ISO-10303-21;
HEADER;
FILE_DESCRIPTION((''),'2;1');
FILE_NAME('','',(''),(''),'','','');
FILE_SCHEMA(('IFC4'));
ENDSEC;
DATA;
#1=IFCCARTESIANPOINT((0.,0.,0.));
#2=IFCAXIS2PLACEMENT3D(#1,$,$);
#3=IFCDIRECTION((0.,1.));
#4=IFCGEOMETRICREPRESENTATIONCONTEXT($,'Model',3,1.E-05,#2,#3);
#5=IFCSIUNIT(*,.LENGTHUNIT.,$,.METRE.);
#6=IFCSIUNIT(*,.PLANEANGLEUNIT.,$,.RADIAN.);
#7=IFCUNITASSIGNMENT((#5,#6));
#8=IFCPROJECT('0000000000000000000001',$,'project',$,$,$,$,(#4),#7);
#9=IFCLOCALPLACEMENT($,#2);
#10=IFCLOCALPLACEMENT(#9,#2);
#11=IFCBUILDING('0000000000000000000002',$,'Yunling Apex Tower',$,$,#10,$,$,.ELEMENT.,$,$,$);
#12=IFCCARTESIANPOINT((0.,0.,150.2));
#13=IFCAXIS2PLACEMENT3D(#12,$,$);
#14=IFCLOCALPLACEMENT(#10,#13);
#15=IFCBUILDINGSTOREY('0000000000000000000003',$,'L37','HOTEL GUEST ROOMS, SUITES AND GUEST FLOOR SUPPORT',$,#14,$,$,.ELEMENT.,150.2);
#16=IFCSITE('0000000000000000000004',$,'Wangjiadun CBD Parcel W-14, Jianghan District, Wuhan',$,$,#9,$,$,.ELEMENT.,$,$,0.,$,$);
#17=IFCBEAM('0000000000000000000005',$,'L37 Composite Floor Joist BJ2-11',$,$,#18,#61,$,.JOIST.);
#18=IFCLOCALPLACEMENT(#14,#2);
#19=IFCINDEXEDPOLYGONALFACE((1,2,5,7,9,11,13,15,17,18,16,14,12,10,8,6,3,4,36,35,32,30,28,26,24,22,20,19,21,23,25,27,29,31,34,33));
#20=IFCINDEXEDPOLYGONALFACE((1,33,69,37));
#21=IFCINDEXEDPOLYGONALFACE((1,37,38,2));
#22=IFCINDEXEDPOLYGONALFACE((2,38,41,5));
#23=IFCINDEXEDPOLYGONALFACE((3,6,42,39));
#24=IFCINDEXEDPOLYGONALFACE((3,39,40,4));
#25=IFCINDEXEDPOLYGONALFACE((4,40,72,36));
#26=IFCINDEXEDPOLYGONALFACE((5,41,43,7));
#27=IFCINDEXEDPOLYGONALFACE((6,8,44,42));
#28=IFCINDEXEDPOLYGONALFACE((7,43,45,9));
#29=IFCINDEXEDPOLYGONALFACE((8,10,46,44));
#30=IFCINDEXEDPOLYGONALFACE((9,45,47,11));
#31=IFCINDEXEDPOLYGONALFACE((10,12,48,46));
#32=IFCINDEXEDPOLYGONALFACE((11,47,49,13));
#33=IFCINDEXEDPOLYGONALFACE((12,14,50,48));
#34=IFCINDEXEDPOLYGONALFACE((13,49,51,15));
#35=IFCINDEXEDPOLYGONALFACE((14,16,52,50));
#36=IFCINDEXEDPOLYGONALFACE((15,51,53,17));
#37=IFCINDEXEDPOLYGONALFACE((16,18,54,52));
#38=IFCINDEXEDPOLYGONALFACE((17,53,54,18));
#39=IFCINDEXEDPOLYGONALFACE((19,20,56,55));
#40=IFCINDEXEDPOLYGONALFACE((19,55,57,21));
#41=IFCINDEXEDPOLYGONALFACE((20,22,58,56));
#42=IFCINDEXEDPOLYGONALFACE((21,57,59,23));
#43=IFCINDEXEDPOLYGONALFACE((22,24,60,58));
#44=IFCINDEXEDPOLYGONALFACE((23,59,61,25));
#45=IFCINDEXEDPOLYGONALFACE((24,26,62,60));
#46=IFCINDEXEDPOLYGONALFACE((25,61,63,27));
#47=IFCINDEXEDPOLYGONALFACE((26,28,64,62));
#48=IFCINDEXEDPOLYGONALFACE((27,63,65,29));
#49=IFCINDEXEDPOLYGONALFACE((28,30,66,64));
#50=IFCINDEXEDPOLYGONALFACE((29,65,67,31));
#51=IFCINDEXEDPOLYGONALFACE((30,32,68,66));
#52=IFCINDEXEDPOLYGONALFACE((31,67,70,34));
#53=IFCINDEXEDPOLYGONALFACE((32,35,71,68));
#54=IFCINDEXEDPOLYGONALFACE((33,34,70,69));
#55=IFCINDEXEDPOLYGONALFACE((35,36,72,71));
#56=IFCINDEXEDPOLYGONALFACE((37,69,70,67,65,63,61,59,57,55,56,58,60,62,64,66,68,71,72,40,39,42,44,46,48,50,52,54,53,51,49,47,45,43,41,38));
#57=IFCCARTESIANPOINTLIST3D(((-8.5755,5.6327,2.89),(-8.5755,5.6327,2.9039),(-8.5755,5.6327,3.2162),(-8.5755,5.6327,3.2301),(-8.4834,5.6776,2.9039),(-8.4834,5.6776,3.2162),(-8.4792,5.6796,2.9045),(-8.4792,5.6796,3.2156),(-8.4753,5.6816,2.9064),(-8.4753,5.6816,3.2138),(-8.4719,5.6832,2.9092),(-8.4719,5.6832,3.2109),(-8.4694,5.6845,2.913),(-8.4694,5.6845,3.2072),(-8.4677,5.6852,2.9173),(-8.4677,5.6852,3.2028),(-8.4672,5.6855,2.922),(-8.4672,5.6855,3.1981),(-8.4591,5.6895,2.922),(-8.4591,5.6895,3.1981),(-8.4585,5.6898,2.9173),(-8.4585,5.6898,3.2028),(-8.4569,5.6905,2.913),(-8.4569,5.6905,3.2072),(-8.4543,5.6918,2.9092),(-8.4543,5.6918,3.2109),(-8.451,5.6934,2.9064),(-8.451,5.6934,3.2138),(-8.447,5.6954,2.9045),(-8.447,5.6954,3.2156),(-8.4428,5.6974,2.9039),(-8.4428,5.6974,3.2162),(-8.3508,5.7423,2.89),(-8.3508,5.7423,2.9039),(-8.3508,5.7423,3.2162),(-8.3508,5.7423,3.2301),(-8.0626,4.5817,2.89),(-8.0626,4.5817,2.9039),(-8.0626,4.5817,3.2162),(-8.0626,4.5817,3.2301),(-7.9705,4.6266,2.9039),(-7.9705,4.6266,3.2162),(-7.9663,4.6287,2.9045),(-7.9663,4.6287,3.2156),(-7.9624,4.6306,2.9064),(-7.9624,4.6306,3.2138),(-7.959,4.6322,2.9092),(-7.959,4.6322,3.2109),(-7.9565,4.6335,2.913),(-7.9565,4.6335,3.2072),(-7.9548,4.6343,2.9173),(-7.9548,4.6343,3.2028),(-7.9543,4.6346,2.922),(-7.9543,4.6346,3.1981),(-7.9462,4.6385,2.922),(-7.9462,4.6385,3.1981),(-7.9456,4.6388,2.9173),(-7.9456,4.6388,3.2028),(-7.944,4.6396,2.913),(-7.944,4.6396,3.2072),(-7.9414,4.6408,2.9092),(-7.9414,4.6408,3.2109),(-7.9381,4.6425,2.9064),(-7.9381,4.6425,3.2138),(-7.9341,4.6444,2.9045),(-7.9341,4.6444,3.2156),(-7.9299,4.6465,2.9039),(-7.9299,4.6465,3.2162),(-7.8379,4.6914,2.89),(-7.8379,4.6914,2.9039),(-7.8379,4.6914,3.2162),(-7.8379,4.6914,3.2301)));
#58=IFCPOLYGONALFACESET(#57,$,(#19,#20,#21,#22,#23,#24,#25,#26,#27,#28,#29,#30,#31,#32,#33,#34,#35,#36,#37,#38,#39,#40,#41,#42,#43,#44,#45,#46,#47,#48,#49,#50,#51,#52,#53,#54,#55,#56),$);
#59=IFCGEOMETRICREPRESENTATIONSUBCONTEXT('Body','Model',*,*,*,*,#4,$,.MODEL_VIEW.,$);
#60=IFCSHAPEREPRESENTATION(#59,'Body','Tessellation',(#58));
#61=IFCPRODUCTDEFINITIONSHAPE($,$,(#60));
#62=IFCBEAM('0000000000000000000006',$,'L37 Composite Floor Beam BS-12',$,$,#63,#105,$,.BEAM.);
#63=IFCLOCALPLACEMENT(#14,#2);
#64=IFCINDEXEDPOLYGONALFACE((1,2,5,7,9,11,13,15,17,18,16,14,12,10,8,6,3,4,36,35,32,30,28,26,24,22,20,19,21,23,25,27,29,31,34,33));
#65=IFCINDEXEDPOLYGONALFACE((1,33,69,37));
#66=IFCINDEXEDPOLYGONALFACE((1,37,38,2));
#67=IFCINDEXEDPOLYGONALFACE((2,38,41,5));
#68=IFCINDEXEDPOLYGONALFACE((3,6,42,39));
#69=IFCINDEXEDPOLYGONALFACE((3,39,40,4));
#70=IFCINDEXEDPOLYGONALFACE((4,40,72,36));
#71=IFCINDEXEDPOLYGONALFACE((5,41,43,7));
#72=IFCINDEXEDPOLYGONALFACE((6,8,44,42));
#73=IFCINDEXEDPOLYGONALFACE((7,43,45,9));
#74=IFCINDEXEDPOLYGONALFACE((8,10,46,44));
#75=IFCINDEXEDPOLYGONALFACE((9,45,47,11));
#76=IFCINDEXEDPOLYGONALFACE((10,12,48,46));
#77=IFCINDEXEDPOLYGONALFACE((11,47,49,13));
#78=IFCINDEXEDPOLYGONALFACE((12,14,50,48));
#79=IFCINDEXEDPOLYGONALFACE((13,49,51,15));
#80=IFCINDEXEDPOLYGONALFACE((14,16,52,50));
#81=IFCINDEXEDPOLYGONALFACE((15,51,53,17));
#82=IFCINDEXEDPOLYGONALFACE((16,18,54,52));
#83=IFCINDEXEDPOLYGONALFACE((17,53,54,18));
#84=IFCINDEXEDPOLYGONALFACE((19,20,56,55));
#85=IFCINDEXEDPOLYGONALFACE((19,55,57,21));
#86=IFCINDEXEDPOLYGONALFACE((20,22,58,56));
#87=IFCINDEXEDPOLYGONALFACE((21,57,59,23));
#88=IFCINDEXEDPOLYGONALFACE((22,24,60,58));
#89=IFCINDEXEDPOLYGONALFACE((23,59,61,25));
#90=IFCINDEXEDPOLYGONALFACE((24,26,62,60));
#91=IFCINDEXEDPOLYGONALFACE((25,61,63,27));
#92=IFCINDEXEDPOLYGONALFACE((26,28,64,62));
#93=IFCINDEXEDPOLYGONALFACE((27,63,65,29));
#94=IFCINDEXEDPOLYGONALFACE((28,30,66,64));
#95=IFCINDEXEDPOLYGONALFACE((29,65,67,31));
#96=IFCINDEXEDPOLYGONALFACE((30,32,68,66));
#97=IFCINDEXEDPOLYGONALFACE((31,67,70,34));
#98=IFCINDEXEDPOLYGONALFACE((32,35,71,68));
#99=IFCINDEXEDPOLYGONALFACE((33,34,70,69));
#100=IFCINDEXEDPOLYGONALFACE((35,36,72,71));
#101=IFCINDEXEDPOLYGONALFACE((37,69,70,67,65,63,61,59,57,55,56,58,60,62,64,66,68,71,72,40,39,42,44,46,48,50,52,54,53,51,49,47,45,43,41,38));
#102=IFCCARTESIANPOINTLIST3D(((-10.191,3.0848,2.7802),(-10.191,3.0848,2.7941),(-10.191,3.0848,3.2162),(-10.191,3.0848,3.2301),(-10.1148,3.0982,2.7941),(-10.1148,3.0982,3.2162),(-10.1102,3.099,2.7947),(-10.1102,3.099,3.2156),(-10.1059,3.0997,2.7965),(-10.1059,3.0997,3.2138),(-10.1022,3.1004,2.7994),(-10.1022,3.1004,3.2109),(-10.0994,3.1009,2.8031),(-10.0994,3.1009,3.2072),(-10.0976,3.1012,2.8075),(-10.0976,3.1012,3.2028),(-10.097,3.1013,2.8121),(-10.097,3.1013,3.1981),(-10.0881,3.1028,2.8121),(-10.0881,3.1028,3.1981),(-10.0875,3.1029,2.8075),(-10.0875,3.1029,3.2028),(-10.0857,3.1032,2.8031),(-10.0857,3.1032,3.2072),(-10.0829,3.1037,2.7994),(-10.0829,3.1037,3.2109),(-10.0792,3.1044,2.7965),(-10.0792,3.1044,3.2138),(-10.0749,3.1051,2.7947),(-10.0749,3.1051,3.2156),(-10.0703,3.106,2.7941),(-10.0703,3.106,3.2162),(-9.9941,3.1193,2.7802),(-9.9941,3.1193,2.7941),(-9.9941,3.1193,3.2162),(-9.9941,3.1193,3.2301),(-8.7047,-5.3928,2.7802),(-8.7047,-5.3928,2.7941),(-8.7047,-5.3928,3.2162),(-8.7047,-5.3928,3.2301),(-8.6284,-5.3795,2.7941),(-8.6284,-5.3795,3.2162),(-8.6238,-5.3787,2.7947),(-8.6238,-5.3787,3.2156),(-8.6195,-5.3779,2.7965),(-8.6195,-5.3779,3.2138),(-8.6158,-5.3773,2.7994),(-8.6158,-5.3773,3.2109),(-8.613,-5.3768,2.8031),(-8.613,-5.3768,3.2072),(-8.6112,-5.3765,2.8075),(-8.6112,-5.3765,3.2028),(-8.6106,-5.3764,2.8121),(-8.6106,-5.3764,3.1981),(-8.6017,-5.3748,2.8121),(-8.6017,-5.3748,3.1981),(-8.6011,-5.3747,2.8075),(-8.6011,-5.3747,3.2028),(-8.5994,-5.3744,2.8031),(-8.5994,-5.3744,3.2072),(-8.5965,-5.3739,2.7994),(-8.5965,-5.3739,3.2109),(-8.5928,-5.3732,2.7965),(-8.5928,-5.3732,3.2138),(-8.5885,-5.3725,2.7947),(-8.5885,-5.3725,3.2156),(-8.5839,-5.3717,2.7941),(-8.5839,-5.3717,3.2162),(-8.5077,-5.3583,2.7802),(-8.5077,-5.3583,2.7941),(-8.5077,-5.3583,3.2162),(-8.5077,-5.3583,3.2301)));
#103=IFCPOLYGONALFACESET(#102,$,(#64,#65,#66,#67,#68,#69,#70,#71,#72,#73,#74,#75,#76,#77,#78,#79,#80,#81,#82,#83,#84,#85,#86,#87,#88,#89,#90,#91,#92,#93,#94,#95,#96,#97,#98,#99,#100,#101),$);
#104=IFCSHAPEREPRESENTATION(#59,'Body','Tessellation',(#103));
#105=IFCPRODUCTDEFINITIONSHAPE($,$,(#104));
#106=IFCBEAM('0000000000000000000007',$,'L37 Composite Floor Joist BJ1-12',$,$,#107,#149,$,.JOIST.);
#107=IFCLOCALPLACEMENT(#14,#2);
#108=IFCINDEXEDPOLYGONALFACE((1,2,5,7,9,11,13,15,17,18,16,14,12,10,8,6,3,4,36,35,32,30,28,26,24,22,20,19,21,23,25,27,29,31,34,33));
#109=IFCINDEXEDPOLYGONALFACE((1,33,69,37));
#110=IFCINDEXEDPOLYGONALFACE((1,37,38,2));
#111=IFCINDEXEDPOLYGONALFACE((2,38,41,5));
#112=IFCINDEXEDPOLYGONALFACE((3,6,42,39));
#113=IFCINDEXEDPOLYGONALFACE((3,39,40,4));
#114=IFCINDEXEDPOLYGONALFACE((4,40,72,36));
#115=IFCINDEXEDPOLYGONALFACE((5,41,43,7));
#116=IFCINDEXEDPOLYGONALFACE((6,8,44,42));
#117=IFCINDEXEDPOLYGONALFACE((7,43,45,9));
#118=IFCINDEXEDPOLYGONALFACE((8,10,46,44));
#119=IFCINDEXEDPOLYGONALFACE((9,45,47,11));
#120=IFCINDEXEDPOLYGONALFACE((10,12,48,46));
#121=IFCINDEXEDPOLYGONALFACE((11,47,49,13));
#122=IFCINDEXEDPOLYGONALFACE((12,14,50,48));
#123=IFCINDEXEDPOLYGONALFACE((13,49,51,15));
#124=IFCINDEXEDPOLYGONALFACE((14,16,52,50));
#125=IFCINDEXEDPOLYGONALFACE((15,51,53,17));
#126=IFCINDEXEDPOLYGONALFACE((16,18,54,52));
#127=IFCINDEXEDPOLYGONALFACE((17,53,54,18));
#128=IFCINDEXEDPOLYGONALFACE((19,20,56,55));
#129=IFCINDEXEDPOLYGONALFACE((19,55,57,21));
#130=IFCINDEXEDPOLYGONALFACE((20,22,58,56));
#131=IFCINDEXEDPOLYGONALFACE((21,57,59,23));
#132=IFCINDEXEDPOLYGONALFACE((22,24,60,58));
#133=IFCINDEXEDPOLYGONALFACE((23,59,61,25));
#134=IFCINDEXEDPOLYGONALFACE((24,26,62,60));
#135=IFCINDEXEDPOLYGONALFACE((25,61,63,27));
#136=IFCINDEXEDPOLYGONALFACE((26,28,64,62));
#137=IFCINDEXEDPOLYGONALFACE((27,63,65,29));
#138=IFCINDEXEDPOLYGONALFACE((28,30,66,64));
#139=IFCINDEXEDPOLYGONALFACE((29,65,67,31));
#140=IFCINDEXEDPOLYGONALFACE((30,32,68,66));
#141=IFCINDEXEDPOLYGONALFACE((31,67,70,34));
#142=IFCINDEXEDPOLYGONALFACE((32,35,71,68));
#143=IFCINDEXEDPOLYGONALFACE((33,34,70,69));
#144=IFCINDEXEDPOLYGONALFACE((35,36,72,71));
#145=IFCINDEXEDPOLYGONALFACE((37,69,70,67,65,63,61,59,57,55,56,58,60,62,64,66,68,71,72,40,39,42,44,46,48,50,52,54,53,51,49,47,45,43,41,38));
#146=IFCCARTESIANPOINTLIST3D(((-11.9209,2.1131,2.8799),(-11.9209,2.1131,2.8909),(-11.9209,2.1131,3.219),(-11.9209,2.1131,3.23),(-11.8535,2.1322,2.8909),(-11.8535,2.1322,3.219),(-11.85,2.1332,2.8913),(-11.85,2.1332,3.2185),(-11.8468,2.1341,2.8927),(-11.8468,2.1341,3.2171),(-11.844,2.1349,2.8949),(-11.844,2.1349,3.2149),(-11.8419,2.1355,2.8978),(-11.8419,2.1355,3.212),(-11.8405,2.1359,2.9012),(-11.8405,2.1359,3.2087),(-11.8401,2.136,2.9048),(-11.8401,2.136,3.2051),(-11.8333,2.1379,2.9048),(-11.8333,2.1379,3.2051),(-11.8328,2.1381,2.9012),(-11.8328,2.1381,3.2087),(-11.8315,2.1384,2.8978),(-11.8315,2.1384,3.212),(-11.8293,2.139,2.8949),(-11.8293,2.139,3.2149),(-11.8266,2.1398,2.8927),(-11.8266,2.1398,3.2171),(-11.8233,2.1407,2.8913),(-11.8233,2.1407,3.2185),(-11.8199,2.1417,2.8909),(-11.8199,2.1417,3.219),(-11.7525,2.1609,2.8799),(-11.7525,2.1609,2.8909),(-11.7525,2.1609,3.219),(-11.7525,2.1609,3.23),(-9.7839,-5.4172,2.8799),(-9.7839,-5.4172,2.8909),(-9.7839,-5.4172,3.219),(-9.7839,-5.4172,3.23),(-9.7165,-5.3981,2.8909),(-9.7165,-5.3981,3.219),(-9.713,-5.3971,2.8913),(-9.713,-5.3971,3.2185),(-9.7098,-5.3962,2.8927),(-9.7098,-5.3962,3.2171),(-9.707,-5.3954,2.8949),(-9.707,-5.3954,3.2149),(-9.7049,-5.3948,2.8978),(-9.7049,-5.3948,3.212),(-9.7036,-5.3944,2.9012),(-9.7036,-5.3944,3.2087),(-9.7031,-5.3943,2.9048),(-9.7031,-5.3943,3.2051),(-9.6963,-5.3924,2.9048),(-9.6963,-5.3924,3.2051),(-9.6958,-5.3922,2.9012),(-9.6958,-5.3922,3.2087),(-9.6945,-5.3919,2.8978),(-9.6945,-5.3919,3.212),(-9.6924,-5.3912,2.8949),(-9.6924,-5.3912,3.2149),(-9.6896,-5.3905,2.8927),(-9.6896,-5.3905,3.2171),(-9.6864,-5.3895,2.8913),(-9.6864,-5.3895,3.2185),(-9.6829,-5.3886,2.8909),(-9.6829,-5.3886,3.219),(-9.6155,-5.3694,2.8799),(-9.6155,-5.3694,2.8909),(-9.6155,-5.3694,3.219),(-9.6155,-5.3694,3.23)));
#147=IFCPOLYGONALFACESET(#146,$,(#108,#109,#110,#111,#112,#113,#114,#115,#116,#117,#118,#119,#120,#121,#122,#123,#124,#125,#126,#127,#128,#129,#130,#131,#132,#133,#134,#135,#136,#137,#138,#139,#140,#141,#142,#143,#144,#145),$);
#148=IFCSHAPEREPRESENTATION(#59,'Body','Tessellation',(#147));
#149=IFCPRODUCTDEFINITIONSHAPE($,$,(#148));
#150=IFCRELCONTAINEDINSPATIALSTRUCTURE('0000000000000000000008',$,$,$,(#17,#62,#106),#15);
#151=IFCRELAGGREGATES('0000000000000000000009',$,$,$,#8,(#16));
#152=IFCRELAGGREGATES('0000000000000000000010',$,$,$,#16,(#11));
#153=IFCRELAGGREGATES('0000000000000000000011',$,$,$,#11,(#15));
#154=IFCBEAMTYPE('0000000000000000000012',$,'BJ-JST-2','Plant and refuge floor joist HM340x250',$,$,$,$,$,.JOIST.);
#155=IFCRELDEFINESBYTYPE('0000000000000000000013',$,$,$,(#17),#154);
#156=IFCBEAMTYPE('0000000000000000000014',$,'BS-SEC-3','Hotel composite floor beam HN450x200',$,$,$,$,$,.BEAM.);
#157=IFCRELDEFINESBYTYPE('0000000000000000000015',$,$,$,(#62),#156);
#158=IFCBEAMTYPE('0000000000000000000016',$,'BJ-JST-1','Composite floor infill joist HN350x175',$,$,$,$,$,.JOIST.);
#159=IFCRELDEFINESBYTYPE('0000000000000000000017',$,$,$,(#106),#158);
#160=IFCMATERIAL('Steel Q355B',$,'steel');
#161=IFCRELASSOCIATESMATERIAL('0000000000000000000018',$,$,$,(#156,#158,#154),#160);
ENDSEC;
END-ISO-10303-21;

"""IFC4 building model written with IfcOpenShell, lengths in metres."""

from ifc_helpers import new_model, si_unit, direction, frame, origin, origin_2d, place, context, subcontext, project, spatial, i_section, extrude, source, transform, mapped, material, material_profile, profile_set, type_object, element, save


model = new_model("IFC4")

# Units and contexts
model_context = context("Model", 3, precision=1e-05, world=origin(), true_north=direction((0.0, 1.0)))
body_context = subcontext(model_context, "Body", "Model", "MODEL_VIEW")
ifc_project = project(units=[si_unit("LENGTHUNIT", "METRE"), si_unit("PLANEANGLEUNIT", "RADIAN")], contexts=[model_context])

# Site, building, storey
site_placement = place(None, origin())
site = spatial("IfcSite", under=ifc_project, at=site_placement, Name="Wangjiadun CBD Parcel W-14, Jianghan District, Wuhan", CompositionType="ELEMENT", RefElevation=0.0)
building_placement = place(site_placement, origin())
building = spatial("IfcBuilding", under=site, at=building_placement, Name="Yunling Apex Tower", CompositionType="ELEMENT")
storey_placement = place(building_placement, frame((0.0, 0.0, 150.2)))
storey = spatial("IfcBuildingStorey", under=building, at=storey_placement, Name="L37", Description="HOTEL GUEST ROOMS, SUITES AND GUEST FLOOR SUPPORT", CompositionType="ELEMENT", Elevation=150.2)

# Beams
ifc_material_1 = material(Name="Steel Q355B", Category="steel")
ifc_material_profile_1 = material_profile(ifc_material_1, i_section(OverallWidth=0.2, OverallDepth=0.45, WebThickness=0.009, FlangeThickness=0.0139, FilletRadius=0.0181, at=origin_2d()))
ifc_profile_set_1 = profile_set([ifc_material_profile_1], Name="Steel Q355B")
beam_type_1 = type_object("IfcBeamType", Name="BS-SEC-3", Description="Hotel composite floor beam HN450x200", PredefinedType="BEAM", material=ifc_profile_set_1)
ifc_material_profile_2 = material_profile(ifc_material_1, i_section(OverallWidth=0.175, OverallDepth=0.3501, WebThickness=0.0071, FlangeThickness=0.011, FilletRadius=0.0139, at=origin_2d()))
ifc_profile_set_2 = profile_set([ifc_material_profile_2], Name="Steel Q355B")
beam_type_2 = type_object("IfcBeamType", Name="BJ-JST-1", Description="Composite floor infill joist HN350x175", PredefinedType="JOIST", material=ifc_profile_set_2)
ifc_material_profile_3 = material_profile(ifc_material_1, i_section(OverallWidth=0.25, OverallDepth=0.3401, WebThickness=0.009, FlangeThickness=0.0139, FilletRadius=0.0181, at=origin_2d()))
ifc_profile_set_3 = profile_set([ifc_material_profile_3], Name="Steel Q355B")
beam_type_3 = type_object("IfcBeamType", Name="BJ-JST-2", Description="Plant and refuge floor joist HM340x250", PredefinedType="JOIST", material=ifc_profile_set_3)
shared_shape_1 = source(origin(), body_context, "Body", "SweptSolid", [
    extrude(i_section(OverallWidth=0.25, OverallDepth=0.3401, WebThickness=0.009, FlangeThickness=0.0139, FilletRadius=0.0181, at=origin_2d()), origin(), (0.0, 0.0, 1.0), 1.1694),
])
beam_1_placement = place(storey_placement, frame((-8.4631, 5.6875, 3.0601), z_axis=(0.438592, -0.898686, 0.0), x_axis=(0.898686, 0.438592, 0.0)))
element("IfcBeam", 1, at=beam_1_placement, inside=storey, type_object=beam_type_3, Name="L37 Composite Floor Joist BJ2-11", PredefinedType="JOIST", context=body_context, shape_type="MappedRepresentation", body=[
    mapped(shared_shape_1, transform((0.0, 0.0, 0.0), scale=1.0)),
])
shared_shape_2 = source(origin(), body_context, "Body", "SweptSolid", [
    extrude(i_section(OverallWidth=0.2, OverallDepth=0.45, WebThickness=0.009, FlangeThickness=0.0139, FilletRadius=0.0181, at=origin_2d()), origin(), (0.0, 0.0, 1.0), 8.6069),
])
beam_2_placement = place(storey_placement, frame((-10.0925, 3.1021, 3.0051), z_axis=(0.172691, -0.984976, 0.0), x_axis=(0.984976, 0.172691, 0.0)))
element("IfcBeam", 2, at=beam_2_placement, inside=storey, type_object=beam_type_1, Name="L37 Composite Floor Beam BS-12", PredefinedType="BEAM", context=body_context, shape_type="MappedRepresentation", body=[
    mapped(shared_shape_2, transform((0.0, 0.0, 0.0), scale=1.0)),
])
shared_shape_3 = source(origin(), body_context, "Body", "SweptSolid", [
    extrude(i_section(OverallWidth=0.175, OverallDepth=0.3501, WebThickness=0.0071, FlangeThickness=0.011, FilletRadius=0.0139, at=origin_2d()), origin(), (0.0, 0.0, 1.0), 7.8276),
])
beam_3_placement = place(storey_placement, frame((-11.8367, 2.137, 3.0549), z_axis=(0.273003, -0.962013, 0.0), x_axis=(0.962013, 0.273003, 0.0)))
element("IfcBeam", 3, at=beam_3_placement, inside=storey, type_object=beam_type_2, Name="L37 Composite Floor Joist BJ1-12", PredefinedType="JOIST", context=body_context, shape_type="MappedRepresentation", body=[
    mapped(shared_shape_3, transform((0.0, 0.0, 0.0), scale=1.0)),
])

save(model, "model.ifc")
